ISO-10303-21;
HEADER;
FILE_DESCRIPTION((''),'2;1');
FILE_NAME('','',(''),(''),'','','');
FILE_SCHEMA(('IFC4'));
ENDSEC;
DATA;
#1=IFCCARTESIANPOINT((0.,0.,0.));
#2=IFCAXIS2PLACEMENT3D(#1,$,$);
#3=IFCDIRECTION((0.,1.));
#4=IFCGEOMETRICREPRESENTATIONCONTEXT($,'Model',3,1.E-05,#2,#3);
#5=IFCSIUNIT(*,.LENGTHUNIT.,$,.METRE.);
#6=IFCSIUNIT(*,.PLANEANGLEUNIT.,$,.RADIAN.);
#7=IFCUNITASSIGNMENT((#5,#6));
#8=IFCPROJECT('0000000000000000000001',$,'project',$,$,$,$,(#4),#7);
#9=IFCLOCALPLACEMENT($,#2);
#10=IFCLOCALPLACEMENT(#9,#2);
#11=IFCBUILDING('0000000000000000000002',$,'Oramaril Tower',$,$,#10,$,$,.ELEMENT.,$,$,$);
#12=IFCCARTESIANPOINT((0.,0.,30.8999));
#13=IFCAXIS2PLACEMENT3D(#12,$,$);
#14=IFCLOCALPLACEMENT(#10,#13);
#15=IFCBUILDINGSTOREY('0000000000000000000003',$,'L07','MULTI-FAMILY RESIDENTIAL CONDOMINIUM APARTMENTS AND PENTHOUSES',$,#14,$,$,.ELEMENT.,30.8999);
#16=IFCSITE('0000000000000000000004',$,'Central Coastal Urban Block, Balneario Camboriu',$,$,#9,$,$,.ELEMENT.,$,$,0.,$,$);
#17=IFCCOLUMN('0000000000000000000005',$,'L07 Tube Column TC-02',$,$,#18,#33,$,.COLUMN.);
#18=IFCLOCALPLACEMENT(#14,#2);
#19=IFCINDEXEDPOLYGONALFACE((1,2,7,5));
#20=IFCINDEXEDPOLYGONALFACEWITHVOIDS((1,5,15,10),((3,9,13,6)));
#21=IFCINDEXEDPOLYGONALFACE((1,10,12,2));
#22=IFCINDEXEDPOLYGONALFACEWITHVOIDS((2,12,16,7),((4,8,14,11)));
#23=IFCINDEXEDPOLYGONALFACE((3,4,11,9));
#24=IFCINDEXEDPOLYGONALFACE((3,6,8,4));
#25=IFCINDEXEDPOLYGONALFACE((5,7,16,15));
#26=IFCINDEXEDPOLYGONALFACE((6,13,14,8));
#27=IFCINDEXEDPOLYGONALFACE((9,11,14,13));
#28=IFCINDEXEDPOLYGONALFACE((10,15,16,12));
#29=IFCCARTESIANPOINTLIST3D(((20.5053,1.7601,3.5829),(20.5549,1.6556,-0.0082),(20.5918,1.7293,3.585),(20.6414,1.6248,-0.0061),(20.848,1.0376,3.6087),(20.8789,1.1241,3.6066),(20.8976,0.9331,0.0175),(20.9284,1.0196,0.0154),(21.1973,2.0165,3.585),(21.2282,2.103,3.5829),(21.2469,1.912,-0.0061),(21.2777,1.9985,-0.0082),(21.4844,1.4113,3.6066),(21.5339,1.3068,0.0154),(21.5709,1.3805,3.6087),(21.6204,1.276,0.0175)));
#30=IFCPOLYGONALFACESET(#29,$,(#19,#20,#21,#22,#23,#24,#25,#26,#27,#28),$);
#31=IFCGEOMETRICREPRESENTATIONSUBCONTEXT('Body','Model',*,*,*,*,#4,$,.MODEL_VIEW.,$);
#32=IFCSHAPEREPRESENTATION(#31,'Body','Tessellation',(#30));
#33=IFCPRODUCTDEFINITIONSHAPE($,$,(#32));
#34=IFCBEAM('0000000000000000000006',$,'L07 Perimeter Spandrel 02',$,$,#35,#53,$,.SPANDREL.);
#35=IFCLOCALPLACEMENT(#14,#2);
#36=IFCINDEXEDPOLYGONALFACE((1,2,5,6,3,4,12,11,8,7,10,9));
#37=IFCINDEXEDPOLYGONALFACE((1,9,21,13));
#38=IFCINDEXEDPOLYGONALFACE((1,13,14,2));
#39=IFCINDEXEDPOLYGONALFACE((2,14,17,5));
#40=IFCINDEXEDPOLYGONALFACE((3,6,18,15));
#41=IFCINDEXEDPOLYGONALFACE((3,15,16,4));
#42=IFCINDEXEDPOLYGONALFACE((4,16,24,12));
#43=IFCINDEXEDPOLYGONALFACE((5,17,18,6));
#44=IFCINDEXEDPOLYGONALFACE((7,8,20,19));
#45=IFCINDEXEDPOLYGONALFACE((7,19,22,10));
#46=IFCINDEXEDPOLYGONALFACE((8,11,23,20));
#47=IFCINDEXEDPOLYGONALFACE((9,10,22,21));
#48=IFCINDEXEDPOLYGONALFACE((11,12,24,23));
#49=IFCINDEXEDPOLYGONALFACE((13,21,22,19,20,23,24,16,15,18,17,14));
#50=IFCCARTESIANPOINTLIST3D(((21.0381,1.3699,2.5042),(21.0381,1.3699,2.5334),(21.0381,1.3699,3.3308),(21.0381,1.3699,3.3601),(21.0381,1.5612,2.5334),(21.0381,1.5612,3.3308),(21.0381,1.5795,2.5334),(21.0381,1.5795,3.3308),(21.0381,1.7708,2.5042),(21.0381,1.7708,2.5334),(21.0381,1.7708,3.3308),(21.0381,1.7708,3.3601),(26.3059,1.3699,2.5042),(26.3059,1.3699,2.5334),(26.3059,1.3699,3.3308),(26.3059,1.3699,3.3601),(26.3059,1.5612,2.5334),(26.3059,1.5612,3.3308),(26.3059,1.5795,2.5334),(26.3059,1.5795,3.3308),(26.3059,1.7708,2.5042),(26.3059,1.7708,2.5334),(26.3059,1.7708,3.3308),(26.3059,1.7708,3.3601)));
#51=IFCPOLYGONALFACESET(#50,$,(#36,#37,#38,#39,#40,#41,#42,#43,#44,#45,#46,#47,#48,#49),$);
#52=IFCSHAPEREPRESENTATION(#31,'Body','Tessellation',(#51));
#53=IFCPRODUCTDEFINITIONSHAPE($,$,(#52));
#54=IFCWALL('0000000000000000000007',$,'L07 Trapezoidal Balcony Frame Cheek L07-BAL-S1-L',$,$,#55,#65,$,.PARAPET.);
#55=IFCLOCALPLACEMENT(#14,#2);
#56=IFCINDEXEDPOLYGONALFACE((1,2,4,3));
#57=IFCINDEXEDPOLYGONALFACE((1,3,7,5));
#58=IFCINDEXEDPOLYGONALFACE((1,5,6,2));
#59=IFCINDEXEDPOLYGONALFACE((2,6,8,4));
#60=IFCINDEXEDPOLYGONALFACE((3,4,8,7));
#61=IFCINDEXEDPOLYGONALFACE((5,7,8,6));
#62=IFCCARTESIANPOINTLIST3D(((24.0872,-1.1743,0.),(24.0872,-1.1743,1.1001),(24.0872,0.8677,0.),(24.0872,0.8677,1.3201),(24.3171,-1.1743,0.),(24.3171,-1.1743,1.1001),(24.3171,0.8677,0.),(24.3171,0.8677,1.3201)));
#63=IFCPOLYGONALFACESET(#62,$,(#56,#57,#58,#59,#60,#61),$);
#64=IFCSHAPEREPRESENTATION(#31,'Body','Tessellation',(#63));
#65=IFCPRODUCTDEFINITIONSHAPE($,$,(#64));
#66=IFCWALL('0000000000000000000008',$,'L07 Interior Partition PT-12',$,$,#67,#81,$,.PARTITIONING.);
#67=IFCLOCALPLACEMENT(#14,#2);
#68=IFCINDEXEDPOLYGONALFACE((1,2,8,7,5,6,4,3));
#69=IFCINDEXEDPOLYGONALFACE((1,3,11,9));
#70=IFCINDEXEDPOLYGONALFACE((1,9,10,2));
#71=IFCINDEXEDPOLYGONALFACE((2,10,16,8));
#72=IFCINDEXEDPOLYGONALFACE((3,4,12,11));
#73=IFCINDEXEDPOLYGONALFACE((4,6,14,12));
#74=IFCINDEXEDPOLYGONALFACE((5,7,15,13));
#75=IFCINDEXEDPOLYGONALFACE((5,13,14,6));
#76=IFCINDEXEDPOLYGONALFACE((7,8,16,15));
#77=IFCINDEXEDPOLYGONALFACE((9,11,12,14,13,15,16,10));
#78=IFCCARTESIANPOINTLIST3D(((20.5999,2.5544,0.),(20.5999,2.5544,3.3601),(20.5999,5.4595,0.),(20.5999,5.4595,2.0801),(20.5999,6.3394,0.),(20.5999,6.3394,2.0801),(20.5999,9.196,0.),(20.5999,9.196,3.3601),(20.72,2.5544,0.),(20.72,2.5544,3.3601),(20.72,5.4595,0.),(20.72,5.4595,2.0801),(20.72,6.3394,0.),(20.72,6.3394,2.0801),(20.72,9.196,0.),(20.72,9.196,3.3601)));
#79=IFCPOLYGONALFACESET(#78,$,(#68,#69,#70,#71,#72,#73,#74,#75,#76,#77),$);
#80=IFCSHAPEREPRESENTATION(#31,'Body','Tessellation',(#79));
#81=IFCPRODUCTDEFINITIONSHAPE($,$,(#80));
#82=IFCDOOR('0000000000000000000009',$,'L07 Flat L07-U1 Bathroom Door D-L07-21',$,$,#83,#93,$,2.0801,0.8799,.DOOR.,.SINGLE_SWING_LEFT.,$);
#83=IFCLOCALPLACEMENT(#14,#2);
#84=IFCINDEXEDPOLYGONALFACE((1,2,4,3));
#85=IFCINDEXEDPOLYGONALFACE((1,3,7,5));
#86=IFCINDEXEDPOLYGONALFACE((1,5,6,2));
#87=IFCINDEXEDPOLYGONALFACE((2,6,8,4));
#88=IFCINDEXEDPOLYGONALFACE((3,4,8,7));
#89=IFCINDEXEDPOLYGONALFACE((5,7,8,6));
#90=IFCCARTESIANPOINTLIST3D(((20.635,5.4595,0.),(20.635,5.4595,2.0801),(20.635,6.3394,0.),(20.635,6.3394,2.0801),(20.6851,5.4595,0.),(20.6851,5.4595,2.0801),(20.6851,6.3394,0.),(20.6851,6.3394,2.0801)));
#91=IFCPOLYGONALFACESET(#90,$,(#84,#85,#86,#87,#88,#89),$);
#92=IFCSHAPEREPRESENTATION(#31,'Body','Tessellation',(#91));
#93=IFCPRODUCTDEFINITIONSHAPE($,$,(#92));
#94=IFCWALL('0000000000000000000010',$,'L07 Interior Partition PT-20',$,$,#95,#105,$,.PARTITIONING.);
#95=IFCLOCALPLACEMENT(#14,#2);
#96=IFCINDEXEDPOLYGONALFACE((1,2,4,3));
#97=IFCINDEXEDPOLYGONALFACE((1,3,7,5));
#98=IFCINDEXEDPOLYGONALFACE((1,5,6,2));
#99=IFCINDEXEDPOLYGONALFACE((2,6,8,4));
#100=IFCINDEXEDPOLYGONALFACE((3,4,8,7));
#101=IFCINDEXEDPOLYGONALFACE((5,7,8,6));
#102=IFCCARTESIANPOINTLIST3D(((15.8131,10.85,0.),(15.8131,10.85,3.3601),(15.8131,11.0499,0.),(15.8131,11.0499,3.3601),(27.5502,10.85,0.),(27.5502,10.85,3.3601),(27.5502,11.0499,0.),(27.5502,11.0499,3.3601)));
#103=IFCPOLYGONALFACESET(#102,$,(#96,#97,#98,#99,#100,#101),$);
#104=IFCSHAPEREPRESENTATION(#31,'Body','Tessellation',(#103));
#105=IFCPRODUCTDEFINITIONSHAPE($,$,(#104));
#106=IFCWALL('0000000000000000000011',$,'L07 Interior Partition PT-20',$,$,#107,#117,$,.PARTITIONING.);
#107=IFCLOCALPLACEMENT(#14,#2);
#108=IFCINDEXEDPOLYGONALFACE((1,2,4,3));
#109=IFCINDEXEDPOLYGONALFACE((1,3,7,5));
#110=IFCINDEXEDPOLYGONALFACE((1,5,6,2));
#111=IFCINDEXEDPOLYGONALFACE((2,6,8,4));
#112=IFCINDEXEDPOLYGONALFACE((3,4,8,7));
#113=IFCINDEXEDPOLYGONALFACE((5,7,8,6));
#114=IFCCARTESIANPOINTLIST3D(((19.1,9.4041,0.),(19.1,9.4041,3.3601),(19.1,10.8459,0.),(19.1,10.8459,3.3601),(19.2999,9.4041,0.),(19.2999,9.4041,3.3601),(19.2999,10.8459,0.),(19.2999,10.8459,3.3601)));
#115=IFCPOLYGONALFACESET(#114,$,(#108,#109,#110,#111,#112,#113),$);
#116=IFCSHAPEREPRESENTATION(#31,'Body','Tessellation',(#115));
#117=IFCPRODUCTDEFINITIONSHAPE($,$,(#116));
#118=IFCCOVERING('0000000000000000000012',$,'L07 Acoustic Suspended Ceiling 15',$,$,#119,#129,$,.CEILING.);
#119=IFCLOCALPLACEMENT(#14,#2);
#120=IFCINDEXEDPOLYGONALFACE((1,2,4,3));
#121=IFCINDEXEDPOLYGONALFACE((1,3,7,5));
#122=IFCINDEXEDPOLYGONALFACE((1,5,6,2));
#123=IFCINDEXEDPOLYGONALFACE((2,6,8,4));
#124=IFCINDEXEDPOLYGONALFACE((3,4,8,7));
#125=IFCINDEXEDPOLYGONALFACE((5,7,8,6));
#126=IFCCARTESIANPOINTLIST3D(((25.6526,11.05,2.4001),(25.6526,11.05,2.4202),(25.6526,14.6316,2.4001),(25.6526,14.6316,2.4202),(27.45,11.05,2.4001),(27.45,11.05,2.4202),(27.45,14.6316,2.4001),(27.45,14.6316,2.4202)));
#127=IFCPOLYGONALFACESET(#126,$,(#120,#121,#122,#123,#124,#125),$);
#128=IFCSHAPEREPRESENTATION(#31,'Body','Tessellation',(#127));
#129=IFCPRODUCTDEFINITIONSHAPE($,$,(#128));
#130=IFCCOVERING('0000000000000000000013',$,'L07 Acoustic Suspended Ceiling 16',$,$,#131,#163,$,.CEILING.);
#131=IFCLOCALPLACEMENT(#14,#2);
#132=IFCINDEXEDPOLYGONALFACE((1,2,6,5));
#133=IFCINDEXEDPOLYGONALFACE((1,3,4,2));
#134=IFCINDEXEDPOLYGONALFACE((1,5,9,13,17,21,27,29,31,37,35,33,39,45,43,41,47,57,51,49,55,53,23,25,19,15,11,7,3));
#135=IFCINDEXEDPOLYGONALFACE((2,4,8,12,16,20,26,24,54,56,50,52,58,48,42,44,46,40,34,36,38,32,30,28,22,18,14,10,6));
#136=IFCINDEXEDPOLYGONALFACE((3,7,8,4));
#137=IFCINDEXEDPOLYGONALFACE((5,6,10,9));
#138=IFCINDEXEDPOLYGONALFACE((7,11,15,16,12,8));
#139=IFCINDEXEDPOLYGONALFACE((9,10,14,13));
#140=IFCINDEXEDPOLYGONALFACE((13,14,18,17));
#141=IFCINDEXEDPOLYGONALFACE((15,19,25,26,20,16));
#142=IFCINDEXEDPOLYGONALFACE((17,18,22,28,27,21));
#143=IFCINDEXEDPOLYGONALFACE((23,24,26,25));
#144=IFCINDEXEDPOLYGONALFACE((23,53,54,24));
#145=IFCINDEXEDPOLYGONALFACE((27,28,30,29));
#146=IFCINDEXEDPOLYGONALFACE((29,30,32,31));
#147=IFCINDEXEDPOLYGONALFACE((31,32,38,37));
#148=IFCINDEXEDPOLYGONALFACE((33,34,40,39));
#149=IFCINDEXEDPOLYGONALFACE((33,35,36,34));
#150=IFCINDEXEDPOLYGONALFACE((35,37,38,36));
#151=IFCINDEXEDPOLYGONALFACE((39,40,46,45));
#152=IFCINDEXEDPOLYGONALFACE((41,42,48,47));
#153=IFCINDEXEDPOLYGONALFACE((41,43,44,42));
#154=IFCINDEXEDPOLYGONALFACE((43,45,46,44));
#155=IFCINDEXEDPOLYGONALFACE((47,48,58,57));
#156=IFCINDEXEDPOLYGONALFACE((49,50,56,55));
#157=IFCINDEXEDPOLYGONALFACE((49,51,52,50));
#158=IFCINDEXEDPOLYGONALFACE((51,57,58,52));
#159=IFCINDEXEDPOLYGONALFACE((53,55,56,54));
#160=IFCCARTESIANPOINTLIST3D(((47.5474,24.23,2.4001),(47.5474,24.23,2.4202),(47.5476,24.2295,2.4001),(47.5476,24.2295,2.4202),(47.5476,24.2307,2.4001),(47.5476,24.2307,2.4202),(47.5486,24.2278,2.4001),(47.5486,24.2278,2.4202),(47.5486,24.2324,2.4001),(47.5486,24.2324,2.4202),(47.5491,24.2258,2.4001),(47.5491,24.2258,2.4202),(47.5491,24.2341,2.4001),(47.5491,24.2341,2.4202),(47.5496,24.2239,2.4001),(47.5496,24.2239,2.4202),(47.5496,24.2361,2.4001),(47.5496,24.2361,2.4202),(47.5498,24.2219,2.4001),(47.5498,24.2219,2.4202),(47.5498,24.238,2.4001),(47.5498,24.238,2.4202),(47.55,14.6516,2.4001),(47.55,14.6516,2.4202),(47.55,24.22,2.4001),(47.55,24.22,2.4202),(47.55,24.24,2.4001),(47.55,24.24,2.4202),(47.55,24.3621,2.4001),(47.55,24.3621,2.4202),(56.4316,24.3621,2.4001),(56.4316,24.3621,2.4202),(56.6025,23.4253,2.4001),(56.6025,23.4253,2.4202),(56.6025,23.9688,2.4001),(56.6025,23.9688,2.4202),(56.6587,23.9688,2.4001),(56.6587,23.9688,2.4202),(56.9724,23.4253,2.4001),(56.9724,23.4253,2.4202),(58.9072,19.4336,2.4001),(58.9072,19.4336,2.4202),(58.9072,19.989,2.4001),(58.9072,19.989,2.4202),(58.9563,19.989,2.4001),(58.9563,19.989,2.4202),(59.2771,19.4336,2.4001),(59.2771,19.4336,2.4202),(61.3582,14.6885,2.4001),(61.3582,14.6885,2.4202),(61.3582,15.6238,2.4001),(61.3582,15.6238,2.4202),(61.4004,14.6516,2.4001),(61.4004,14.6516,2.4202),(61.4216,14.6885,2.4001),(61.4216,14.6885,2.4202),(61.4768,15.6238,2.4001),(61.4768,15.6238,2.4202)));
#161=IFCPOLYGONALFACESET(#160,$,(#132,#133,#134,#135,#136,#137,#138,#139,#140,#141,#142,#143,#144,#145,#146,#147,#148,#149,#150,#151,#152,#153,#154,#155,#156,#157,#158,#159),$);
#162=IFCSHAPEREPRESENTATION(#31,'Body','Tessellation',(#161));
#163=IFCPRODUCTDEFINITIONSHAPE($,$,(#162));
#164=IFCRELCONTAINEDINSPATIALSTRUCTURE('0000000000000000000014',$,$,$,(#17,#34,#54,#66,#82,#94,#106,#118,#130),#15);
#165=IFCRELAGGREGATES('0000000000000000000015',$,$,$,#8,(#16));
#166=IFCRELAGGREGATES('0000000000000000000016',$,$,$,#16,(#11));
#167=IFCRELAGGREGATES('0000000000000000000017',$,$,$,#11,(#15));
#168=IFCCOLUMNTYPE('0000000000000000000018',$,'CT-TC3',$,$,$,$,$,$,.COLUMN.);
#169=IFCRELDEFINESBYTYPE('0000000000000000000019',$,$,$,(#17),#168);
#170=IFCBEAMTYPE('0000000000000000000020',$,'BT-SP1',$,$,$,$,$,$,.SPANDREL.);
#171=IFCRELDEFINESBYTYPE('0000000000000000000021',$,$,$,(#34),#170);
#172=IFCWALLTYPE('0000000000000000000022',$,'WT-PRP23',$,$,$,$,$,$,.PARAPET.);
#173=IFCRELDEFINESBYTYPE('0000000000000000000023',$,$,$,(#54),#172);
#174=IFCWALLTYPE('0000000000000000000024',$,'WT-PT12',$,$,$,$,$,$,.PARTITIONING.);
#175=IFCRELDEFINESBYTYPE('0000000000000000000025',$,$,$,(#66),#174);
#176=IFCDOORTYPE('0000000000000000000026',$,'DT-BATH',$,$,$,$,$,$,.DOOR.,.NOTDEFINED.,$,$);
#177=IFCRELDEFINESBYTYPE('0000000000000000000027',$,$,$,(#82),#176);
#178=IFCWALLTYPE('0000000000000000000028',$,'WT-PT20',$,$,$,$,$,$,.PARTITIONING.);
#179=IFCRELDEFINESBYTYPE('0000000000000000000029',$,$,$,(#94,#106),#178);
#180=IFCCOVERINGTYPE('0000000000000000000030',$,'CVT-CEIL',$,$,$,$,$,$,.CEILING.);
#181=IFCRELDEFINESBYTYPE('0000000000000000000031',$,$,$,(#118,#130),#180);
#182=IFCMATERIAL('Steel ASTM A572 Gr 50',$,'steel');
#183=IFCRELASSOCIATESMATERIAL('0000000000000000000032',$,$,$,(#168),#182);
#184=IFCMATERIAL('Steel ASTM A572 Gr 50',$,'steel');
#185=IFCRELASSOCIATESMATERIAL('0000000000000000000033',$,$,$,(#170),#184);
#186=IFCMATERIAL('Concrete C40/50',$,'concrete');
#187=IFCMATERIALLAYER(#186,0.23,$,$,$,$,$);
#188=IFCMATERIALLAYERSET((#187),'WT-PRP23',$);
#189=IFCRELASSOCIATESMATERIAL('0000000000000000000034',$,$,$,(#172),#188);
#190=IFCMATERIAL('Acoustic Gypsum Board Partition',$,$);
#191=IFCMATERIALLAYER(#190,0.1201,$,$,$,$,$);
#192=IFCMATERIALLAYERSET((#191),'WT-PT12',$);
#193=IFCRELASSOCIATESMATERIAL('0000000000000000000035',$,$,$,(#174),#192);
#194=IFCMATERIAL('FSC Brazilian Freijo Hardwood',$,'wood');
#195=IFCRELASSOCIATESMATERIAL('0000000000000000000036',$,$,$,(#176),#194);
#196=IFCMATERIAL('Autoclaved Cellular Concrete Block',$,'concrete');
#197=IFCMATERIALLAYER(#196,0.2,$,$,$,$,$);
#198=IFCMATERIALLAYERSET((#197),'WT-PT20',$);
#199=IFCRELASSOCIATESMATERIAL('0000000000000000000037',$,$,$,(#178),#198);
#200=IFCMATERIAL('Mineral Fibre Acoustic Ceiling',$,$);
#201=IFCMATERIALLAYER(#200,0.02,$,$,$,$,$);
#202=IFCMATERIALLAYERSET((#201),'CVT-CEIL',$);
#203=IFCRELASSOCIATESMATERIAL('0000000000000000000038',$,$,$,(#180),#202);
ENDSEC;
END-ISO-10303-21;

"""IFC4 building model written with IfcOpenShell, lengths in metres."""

from ifc_helpers import new_model, si_unit, direction, frame, frame_2d, origin, origin_2d, place, context, subcontext, project, spatial, polyline, rectangle, hollow_rectangle, i_section, outline, extrude, material, layer, layer_set, material_profile, profile_set, type_object, element, fill, save


model = new_model("IFC4")

# Units and contexts
model_context = context("Model", 3, precision=1e-05, world=origin(), true_north=direction((0.0, 1.0)))
body_context = subcontext(model_context, "Body", "Model", "MODEL_VIEW")
ifc_project = project(units=[si_unit("LENGTHUNIT", "METRE"), si_unit("PLANEANGLEUNIT", "RADIAN")], contexts=[model_context])

# Site, building, storey
site_placement = place(None, origin())
site = spatial("IfcSite", under=ifc_project, at=site_placement, Name="Central Coastal Urban Block, Balneario Camboriu", CompositionType="ELEMENT", RefElevation=0.0)
building_placement = place(site_placement, origin())
building = spatial("IfcBuilding", under=site, at=building_placement, Name="Oramaril Tower", CompositionType="ELEMENT")
storey_placement = place(building_placement, frame((0.0, 0.0, 30.8999)))
storey = spatial("IfcBuildingStorey", under=building, at=storey_placement, Name="L07", Description="MULTI-FAMILY RESIDENTIAL CONDOMINIUM APARTMENTS AND PENTHOUSES", CompositionType="ELEMENT", Elevation=30.8999)

# Column
ifc_material_1 = material(Name="Steel ASTM A572 Gr 50", Category="steel")
ifc_material_profile_1 = material_profile(ifc_material_1, hollow_rectangle(XDim=0.8, YDim=0.8, WallThickness=0.0649, at=origin_2d()), Name="BOX800X800X65")
ifc_profile_set_1 = profile_set([ifc_material_profile_1], Name="Steel ASTM A572 Gr 50")
column_type = type_object("IfcColumnType", Name="CT-TC3", PredefinedType="COLUMN", material=ifc_profile_set_1)
column_placement = place(storey_placement, frame((21.0876, 1.4658, 0.0046), z_axis=(-0.013794, 0.029083, 0.999482), x_axis=(-0.903523, -0.42854, 0.0)))
element("IfcColumn", 1, at=column_placement, inside=storey, type_object=column_type, Name="L07 Tube Column TC-02", PredefinedType="COLUMN", context=body_context, shape_type="SweptSolid", body=[
    extrude(hollow_rectangle(XDim=0.8, YDim=0.8, WallThickness=0.0649, at=origin_2d()), origin(), (0.0, 0.0, 1.0), 3.593),
])

# Beam
ifc_material_2 = material(Name="Steel ASTM A572 Gr 50", Category="steel")
ifc_material_profile_2 = material_profile(ifc_material_2, i_section(OverallWidth=0.4009, OverallDepth=0.856, WebThickness=0.0183, FlangeThickness=0.0293, at=origin_2d()), Name="W33X201")
ifc_profile_set_2 = profile_set([ifc_material_profile_2], Name="Steel ASTM A572 Gr 50")
beam_type = type_object("IfcBeamType", Name="BT-SP1", PredefinedType="SPANDREL", material=ifc_profile_set_2)
beam_placement = place(storey_placement, frame((21.0381, 1.5703, 2.9321), z_axis=(1.0, 0.0, 0.0), x_axis=(0.0, 1.0, 0.0)))
element("IfcBeam", 2, at=beam_placement, inside=storey, type_object=beam_type, Name="L07 Perimeter Spandrel 02", PredefinedType="SPANDREL", context=body_context, shape_type="SweptSolid", body=[
    extrude(i_section(OverallWidth=0.4009, OverallDepth=0.856, WebThickness=0.0183, FlangeThickness=0.0293, at=origin_2d()), origin(), (0.0, 0.0, 1.0), 5.2678),
])

# Wall
ifc_material_3 = material(Name="Concrete C40/50", Category="concrete")
ifc_layer_1 = layer(ifc_material_3, 0.23)
ifc_layer_set_1 = layer_set([ifc_layer_1], Name="WT-PRP23")
wall_type_1 = type_object("IfcWallType", Name="WT-PRP23", PredefinedType="PARAPET", material=ifc_layer_set_1)
wall_1_placement = place(storey_placement, frame((24.2021, 0.8677, 0.0), z_axis=(0.0, 0.0, 1.0), x_axis=(0.0, -1.0, 0.0)))
element("IfcWall", 3, at=wall_1_placement, inside=storey, type_object=wall_type_1, Name="L07 Trapezoidal Balcony Frame Cheek L07-BAL-S1-L", PredefinedType="PARAPET", context=body_context, shape_type="SweptSolid", body=[
    extrude(outline(polyline([(0.0, 0.0), (2.042, 0.0), (2.042, 1.1001), (0.0, 1.3201), (0.0, 0.0)])), frame((0.0, 0.115, 0.0), z_axis=(0.0, -1.0, 0.0), x_axis=(1.0, 0.0, 0.0)), (0.0, 0.0, 1.0), 0.23),
])

# Wall, opening, door
ifc_material_4 = material(Name="Acoustic Gypsum Board Partition")
ifc_layer_2 = layer(ifc_material_4, 0.1201)
ifc_layer_set_2 = layer_set([ifc_layer_2], Name="WT-PT12")
wall_type_2 = type_object("IfcWallType", Name="WT-PT12", PredefinedType="PARTITIONING", material=ifc_layer_set_2)
wall_2_placement = place(storey_placement, frame((20.6599, 2.5544, 0.0), z_axis=(0.0, 0.0, 1.0), x_axis=(0.0, 1.0, 0.0)))
wall_2 = element("IfcWall", 4, at=wall_2_placement, inside=storey, type_object=wall_type_2, Name="L07 Interior Partition PT-12", PredefinedType="PARTITIONING", context=body_context, shape_type="SweptSolid", body=[
    extrude(rectangle(XDim=6.6416, YDim=0.1201, at=frame_2d((3.3208, 0.0))), origin(), (0.0, 0.0, 1.0), 3.3601),
])
opening_1_placement = place(wall_2_placement, frame((2.905, 0.0, 0.0)))
opening_1 = element("IfcOpeningElement", 5, at=opening_1_placement, cuts=wall_2, PredefinedType="OPENING", context=body_context, shape_type="SweptSolid", body=[
    extrude(rectangle(XDim=0.8799, YDim=2.0801, at=frame_2d((0.4399, 1.04))), frame((0.0, 0.0601, 0.0), z_axis=(0.0, -1.0, 0.0), x_axis=(1.0, 0.0, 0.0)), (0.0, 0.0, 1.0), 0.1201),
])
ifc_material_5 = material(Name="FSC Brazilian Freijo Hardwood", Category="wood")
door_type_1 = type_object("IfcDoorType", Name="DT-BATH", OperationType="NOTDEFINED", PredefinedType="DOOR", material=ifc_material_5)
door_1_placement = place(opening_1_placement, origin())
door_1 = element("IfcDoor", 6, at=door_1_placement, inside=storey, type_object=door_type_1, Name="L07 Flat L07-U1 Bathroom Door D-L07-21", OperationType="SINGLE_SWING_LEFT", OverallHeight=2.0801, OverallWidth=0.8799, PredefinedType="DOOR", context=body_context, shape_type="SweptSolid", body=[
    extrude(rectangle(XDim=0.8799, YDim=2.0801, at=frame_2d((0.4399, 1.04))), frame((0.0, 0.0249, 0.0), z_axis=(0.0, -1.0, 0.0), x_axis=(1.0, 0.0, 0.0)), (0.0, 0.0, 1.0), 0.05),
])
fill(opening_1, door_1)

# Shared definitions
ifc_material_6 = material(Name="Autoclaved Cellular Concrete Block", Category="concrete")
ifc_layer_3 = layer(ifc_material_6, 0.2)
ifc_layer_set_3 = layer_set([ifc_layer_3], Name="WT-PT20")
wall_type_3 = type_object("IfcWallType", Name="WT-PT20", PredefinedType="PARTITIONING", material=ifc_layer_set_3)

# Walls
wall_3_placement = place(storey_placement, frame((15.813, 10.95, 0.0), z_axis=(0.0, 0.0, 1.0), x_axis=(1.0, 0.0, 0.0)))
element("IfcWall", 7, at=wall_3_placement, inside=storey, type_object=wall_type_3, Name="L07 Interior Partition PT-20", PredefinedType="PARTITIONING", context=body_context, shape_type="SweptSolid", body=[
    extrude(rectangle(XDim=11.7371, YDim=0.2, at=frame_2d((5.8687, 0.0))), origin(), (0.0, 0.0, 1.0), 3.3601),
])
wall_4_placement = place(storey_placement, frame((19.2, 9.4041, 0.0), z_axis=(0.0, 0.0, 1.0), x_axis=(0.0, 1.0, 0.0)))
element("IfcWall", 8, at=wall_4_placement, inside=storey, type_object=wall_type_3, Name="L07 Interior Partition PT-20", PredefinedType="PARTITIONING", context=body_context, shape_type="SweptSolid", body=[
    extrude(rectangle(XDim=1.4419, YDim=0.2, at=frame_2d((0.7209, 0.0))), origin(), (0.0, 0.0, 1.0), 3.3601),
])

# Coverings
ifc_material_7 = material(Name="Mineral Fibre Acoustic Ceiling")
ifc_layer_4 = layer(ifc_material_7, 0.02)
ifc_layer_set_4 = layer_set([ifc_layer_4], Name="CVT-CEIL")
covering_type_1 = type_object("IfcCoveringType", Name="CVT-CEIL", PredefinedType="CEILING", material=ifc_layer_set_4)
covering_1_placement = place(storey_placement, frame((0.0, 0.0, 2.4001)))
element("IfcCovering", 9, at=covering_1_placement, inside=storey, type_object=covering_type_1, Name="L07 Acoustic Suspended Ceiling 15", PredefinedType="CEILING", context=body_context, shape_type="SweptSolid", body=[
    extrude(outline(polyline([(25.6526, 14.6316), (27.45, 14.6316), (27.45, 11.05), (25.6526, 11.05), (25.6526, 14.6316)])), origin(), (0.0, 0.0, 1.0), 0.02),
])
covering_2_placement = place(storey_placement, frame((0.0, 0.0, 2.4001)))
element("IfcCovering", 10, at=covering_2_placement, inside=storey, type_object=covering_type_1, Name="L07 Acoustic Suspended Ceiling 16", PredefinedType="CEILING", context=body_context, shape_type="SweptSolid", body=[
    extrude(outline(polyline([(56.6587, 23.9688), (56.6025, 23.9688), (56.6025, 23.4253), (56.9724, 23.4253), (58.9563, 19.989), (58.9072, 19.989), (58.9072, 19.4336), (59.2771, 19.4336), (61.4768, 15.6238), (61.3582, 15.6238), (61.3582, 14.6885), (61.4216, 14.6885), (61.4004, 14.6516), (47.55, 14.6516), (47.55, 24.22), (47.5498, 24.2219), (47.5496, 24.2239), (47.5491, 24.2258), (47.5486, 24.2278), (47.5476, 24.2295), (47.5474, 24.23), (47.5476, 24.2307), (47.5486, 24.2324), (47.5491, 24.2341), (47.5496, 24.2361), (47.5498, 24.238), (47.55, 24.24), (47.55, 24.3621), (56.4316, 24.3621), (56.6587, 23.9688)])), origin(), (0.0, 0.0, 1.0), 0.02),
])

save(model, "model.ifc")
